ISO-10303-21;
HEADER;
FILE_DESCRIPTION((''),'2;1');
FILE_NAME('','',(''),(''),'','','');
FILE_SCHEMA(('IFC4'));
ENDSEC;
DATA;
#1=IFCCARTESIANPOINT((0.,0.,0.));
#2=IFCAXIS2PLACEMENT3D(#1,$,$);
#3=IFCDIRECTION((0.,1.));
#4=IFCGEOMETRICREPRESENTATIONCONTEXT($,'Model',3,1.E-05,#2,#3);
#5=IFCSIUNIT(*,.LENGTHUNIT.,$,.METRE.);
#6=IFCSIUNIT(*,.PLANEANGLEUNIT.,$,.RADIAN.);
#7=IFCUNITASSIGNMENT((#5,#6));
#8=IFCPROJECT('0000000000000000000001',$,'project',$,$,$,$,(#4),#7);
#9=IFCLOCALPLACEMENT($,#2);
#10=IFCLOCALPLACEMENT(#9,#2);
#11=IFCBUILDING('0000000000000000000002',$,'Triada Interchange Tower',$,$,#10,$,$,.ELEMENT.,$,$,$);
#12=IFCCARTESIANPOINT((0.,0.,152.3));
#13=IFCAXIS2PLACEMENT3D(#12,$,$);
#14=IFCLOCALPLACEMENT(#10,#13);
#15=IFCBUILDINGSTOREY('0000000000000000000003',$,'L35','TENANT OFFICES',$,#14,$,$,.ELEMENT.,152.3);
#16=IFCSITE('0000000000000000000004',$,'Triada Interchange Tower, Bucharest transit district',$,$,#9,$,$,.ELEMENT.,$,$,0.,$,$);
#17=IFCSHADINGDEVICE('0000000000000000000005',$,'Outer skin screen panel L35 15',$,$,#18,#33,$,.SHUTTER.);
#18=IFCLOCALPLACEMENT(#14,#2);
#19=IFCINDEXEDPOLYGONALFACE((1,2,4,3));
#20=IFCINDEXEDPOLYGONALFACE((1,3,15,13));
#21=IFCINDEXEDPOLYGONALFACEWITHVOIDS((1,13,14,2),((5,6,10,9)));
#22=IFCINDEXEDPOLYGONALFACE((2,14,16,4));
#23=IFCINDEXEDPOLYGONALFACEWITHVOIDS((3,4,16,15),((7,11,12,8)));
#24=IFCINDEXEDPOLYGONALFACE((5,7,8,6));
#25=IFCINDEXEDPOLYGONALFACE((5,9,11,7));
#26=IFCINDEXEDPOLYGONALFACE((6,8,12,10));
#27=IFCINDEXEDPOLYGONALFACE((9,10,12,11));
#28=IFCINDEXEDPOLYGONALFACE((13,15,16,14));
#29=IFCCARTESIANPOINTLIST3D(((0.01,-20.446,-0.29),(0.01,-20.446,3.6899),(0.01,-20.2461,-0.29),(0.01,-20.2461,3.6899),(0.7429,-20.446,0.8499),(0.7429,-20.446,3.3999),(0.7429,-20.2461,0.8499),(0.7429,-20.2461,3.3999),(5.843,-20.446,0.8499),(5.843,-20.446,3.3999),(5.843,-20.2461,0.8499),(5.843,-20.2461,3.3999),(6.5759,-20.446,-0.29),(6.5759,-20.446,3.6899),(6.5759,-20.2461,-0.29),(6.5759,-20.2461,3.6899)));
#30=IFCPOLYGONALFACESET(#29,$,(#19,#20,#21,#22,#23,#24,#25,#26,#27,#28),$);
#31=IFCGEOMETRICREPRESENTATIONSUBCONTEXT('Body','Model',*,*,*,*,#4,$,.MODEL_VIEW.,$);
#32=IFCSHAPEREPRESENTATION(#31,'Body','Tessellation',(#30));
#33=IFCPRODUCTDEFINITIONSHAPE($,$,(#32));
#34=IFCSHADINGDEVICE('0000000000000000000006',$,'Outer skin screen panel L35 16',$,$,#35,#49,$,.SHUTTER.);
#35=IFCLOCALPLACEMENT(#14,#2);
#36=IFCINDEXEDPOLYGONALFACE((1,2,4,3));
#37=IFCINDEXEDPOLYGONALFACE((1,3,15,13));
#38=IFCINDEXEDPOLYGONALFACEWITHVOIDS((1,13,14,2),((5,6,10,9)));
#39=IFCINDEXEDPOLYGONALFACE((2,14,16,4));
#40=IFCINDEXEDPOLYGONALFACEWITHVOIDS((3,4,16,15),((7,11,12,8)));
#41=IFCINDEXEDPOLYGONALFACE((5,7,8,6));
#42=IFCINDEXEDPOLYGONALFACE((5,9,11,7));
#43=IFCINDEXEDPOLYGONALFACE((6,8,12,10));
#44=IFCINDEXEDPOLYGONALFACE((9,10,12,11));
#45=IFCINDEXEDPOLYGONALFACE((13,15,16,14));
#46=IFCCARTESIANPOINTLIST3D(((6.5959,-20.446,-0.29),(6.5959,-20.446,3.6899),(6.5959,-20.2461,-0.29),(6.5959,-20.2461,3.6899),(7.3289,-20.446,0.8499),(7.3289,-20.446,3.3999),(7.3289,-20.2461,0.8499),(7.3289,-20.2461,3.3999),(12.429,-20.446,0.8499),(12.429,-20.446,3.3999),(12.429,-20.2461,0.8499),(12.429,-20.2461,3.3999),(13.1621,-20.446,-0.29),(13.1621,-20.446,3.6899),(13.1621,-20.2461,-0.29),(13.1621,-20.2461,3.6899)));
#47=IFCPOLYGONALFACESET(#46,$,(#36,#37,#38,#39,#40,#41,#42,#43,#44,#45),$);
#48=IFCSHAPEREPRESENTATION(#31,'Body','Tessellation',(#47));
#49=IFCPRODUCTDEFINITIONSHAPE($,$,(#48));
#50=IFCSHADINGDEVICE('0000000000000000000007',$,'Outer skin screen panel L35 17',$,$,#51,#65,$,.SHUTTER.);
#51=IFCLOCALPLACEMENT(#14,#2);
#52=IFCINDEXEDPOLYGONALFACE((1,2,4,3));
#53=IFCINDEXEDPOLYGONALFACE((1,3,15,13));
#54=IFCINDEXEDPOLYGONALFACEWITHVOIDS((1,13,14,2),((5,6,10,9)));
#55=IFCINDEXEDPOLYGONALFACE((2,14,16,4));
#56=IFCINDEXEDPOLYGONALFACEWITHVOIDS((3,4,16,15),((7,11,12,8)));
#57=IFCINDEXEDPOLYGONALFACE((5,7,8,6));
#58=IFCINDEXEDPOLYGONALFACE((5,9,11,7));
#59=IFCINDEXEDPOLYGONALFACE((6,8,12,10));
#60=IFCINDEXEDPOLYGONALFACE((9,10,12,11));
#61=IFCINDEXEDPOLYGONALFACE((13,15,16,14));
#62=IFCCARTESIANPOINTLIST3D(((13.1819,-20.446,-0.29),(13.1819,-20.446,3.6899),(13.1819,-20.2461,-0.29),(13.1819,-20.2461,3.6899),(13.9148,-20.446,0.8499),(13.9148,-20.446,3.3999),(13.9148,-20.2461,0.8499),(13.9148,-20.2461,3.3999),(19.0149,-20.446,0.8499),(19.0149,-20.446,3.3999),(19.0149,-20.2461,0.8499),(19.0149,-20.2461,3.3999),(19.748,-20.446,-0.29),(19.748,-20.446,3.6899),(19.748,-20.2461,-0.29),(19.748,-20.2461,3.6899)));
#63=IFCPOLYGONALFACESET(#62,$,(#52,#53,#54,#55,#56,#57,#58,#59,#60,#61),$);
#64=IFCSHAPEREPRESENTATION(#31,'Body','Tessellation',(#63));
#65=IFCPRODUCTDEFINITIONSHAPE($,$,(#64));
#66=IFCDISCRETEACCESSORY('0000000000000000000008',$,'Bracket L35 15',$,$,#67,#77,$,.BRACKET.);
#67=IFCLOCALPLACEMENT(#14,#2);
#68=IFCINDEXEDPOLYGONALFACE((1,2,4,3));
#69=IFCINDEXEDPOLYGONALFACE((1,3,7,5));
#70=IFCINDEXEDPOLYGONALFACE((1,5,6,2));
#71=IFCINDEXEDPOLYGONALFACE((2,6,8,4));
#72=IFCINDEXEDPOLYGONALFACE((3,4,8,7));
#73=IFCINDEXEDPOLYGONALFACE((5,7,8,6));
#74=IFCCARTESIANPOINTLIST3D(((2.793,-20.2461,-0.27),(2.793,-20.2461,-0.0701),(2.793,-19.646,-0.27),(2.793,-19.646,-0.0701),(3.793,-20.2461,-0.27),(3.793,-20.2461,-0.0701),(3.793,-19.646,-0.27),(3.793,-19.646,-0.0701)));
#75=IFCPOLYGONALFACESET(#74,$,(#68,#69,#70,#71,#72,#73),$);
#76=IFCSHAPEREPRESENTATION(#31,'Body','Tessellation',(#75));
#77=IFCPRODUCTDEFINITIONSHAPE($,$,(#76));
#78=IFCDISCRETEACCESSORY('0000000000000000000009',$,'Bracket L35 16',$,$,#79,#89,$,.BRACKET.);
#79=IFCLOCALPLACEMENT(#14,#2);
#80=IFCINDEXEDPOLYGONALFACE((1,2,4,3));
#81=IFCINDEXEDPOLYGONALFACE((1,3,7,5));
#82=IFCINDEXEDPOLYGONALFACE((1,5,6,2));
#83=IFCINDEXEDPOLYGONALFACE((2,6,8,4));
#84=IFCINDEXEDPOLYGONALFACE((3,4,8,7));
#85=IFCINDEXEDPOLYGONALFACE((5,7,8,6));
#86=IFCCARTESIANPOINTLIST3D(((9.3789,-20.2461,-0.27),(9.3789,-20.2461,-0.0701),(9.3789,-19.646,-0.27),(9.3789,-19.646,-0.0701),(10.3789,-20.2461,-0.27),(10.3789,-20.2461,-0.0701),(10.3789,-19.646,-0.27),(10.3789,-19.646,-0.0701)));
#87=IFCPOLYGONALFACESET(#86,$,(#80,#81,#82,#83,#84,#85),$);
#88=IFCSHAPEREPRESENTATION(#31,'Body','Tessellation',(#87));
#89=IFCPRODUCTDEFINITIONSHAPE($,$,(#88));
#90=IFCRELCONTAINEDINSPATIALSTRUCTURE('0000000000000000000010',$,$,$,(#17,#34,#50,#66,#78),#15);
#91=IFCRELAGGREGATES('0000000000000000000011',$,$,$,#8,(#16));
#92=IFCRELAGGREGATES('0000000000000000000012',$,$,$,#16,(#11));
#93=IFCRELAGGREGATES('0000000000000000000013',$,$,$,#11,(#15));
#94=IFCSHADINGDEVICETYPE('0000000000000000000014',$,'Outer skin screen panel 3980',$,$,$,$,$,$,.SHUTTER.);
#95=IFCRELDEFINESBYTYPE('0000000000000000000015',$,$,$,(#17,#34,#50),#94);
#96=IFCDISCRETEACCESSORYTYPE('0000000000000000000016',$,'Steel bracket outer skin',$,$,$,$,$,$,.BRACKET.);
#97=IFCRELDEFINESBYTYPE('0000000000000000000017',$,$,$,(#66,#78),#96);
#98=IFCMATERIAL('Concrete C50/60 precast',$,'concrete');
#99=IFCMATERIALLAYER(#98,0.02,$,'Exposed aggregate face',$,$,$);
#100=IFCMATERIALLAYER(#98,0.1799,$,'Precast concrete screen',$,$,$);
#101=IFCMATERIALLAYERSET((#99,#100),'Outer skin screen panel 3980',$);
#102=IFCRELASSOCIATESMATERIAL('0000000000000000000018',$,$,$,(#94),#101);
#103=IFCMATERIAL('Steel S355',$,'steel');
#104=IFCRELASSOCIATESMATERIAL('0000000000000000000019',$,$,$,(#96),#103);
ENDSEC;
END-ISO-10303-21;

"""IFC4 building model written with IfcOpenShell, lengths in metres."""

from ifc_helpers import new_model, si_unit, direction, frame, origin, origin_2d, place, context, subcontext, project, spatial, polyline, rectangle, outline, extrude, material, layer, layer_set, type_object, element, save


model = new_model("IFC4")

# Units and contexts
model_context = context("Model", 3, precision=1e-05, world=origin(), true_north=direction((0.0, 1.0)))
body_context = subcontext(model_context, "Body", "Model", "MODEL_VIEW")
ifc_project = project(units=[si_unit("LENGTHUNIT", "METRE"), si_unit("PLANEANGLEUNIT", "RADIAN")], contexts=[model_context])

# Site, building, storey
site_placement = place(None, origin())
site = spatial("IfcSite", under=ifc_project, at=site_placement, Name="Triada Interchange Tower, Bucharest transit district", CompositionType="ELEMENT", RefElevation=0.0)
building_placement = place(site_placement, origin())
building = spatial("IfcBuilding", under=site, at=building_placement, Name="Triada Interchange Tower", CompositionType="ELEMENT")
storey_placement = place(building_placement, frame((0.0, 0.0, 152.3)))
storey = spatial("IfcBuildingStorey", under=building, at=storey_placement, Name="L35", Description="TENANT OFFICES", CompositionType="ELEMENT", Elevation=152.3)

# Shading devices
ifc_material_1 = material(Name="Concrete C50/60 precast", Category="concrete")
ifc_layer_1 = layer(ifc_material_1, 0.02, Name="Exposed aggregate face")
ifc_layer_2 = layer(ifc_material_1, 0.1799, Name="Precast concrete screen")
ifc_layer_set_1 = layer_set([ifc_layer_1, ifc_layer_2], Name="Outer skin screen panel 3980")
shading_device_type = type_object("IfcShadingDeviceType", Name="Outer skin screen panel 3980", PredefinedType="SHUTTER", material=ifc_layer_set_1)
shading_device_placement = place(storey_placement, frame((0.01, -20.2461, -0.29), z_axis=(0.0, 0.0, 1.0), x_axis=(1.0, 0.0, 0.0)))
element("IfcShadingDevice", 1, at=shading_device_placement, inside=storey, type_object=shading_device_type, Name="Outer skin screen panel L35 15", PredefinedType="SHUTTER", context=body_context, shape_type="SweptSolid", body=[
    extrude(outline(polyline([(0.0, 0.0), (6.5659, 0.0), (6.5659, 3.98), (0.0, 3.98), (0.0, 0.0)]), holes=[polyline([(0.7329, 1.1399), (0.7329, 3.6899), (5.833, 3.6899), (5.833, 1.1399), (0.7329, 1.1399)])]), frame((0.0, 0.0, 0.0), z_axis=(0.0, -1.0, 0.0), x_axis=(1.0, 0.0, 0.0)), (0.0, 0.0, 1.0), 0.2),
])
for number, where, z_axis, x_axis, name in (
    (2, (6.5959, -20.2461, -0.29), (0.0, 0.0, 1.0), (1.0, 0.0, 0.0), "Outer skin screen panel L35 16"),
    (3, (13.1819, -20.2461, -0.29), (0.0, 0.0, 1.0), (1.0, 0.0, 0.0), "Outer skin screen panel L35 17"),
):
    element("IfcShadingDevice", number, at=place(storey_placement, frame(where, z_axis=z_axis, x_axis=x_axis)), inside=storey, type_object=shading_device_type, Name=name, PredefinedType="SHUTTER", context=body_context, shape_type="SweptSolid", body=[
        extrude(outline(polyline([(0.0, 0.0), (6.5662, 0.0), (6.5662, 3.98), (0.0, 3.98), (0.0, 0.0)]), holes=[polyline([(0.7329, 1.1399), (0.7329, 3.6899), (5.833, 3.6899), (5.833, 1.1399), (0.7329, 1.1399)])]), frame((0.0, 0.0, 0.0), z_axis=(0.0, -1.0, 0.0), x_axis=(1.0, 0.0, 0.0)), (0.0, 0.0, 1.0), 0.2),
    ])

# Discrete accessories
ifc_material_2 = material(Name="Steel S355", Category="steel")
discrete_accessory_type = type_object("IfcDiscreteAccessoryType", Name="Steel bracket outer skin", PredefinedType="BRACKET", material=ifc_material_2)
for number, where, z_axis, x_axis, name in (
    (4, (3.293, -19.946, -0.27), (0.0, 0.0, 1.0), (0.0, -1.0, 0.0), "Bracket L35 15"),
    (5, (9.8789, -19.946, -0.27), (0.0, 0.0, 1.0), (0.0, -1.0, 0.0), "Bracket L35 16"),
):
    element("IfcDiscreteAccessory", number, at=place(storey_placement, frame(where, z_axis=z_axis, x_axis=x_axis)), inside=storey, type_object=discrete_accessory_type, Name=name, PredefinedType="BRACKET", context=body_context, shape_type="SweptSolid", body=[
        extrude(rectangle(XDim=0.6001, YDim=1.0, at=origin_2d()), origin(), (0.0, 0.0, 1.0), 0.2),
    ])

save(model, "model.ifc")
